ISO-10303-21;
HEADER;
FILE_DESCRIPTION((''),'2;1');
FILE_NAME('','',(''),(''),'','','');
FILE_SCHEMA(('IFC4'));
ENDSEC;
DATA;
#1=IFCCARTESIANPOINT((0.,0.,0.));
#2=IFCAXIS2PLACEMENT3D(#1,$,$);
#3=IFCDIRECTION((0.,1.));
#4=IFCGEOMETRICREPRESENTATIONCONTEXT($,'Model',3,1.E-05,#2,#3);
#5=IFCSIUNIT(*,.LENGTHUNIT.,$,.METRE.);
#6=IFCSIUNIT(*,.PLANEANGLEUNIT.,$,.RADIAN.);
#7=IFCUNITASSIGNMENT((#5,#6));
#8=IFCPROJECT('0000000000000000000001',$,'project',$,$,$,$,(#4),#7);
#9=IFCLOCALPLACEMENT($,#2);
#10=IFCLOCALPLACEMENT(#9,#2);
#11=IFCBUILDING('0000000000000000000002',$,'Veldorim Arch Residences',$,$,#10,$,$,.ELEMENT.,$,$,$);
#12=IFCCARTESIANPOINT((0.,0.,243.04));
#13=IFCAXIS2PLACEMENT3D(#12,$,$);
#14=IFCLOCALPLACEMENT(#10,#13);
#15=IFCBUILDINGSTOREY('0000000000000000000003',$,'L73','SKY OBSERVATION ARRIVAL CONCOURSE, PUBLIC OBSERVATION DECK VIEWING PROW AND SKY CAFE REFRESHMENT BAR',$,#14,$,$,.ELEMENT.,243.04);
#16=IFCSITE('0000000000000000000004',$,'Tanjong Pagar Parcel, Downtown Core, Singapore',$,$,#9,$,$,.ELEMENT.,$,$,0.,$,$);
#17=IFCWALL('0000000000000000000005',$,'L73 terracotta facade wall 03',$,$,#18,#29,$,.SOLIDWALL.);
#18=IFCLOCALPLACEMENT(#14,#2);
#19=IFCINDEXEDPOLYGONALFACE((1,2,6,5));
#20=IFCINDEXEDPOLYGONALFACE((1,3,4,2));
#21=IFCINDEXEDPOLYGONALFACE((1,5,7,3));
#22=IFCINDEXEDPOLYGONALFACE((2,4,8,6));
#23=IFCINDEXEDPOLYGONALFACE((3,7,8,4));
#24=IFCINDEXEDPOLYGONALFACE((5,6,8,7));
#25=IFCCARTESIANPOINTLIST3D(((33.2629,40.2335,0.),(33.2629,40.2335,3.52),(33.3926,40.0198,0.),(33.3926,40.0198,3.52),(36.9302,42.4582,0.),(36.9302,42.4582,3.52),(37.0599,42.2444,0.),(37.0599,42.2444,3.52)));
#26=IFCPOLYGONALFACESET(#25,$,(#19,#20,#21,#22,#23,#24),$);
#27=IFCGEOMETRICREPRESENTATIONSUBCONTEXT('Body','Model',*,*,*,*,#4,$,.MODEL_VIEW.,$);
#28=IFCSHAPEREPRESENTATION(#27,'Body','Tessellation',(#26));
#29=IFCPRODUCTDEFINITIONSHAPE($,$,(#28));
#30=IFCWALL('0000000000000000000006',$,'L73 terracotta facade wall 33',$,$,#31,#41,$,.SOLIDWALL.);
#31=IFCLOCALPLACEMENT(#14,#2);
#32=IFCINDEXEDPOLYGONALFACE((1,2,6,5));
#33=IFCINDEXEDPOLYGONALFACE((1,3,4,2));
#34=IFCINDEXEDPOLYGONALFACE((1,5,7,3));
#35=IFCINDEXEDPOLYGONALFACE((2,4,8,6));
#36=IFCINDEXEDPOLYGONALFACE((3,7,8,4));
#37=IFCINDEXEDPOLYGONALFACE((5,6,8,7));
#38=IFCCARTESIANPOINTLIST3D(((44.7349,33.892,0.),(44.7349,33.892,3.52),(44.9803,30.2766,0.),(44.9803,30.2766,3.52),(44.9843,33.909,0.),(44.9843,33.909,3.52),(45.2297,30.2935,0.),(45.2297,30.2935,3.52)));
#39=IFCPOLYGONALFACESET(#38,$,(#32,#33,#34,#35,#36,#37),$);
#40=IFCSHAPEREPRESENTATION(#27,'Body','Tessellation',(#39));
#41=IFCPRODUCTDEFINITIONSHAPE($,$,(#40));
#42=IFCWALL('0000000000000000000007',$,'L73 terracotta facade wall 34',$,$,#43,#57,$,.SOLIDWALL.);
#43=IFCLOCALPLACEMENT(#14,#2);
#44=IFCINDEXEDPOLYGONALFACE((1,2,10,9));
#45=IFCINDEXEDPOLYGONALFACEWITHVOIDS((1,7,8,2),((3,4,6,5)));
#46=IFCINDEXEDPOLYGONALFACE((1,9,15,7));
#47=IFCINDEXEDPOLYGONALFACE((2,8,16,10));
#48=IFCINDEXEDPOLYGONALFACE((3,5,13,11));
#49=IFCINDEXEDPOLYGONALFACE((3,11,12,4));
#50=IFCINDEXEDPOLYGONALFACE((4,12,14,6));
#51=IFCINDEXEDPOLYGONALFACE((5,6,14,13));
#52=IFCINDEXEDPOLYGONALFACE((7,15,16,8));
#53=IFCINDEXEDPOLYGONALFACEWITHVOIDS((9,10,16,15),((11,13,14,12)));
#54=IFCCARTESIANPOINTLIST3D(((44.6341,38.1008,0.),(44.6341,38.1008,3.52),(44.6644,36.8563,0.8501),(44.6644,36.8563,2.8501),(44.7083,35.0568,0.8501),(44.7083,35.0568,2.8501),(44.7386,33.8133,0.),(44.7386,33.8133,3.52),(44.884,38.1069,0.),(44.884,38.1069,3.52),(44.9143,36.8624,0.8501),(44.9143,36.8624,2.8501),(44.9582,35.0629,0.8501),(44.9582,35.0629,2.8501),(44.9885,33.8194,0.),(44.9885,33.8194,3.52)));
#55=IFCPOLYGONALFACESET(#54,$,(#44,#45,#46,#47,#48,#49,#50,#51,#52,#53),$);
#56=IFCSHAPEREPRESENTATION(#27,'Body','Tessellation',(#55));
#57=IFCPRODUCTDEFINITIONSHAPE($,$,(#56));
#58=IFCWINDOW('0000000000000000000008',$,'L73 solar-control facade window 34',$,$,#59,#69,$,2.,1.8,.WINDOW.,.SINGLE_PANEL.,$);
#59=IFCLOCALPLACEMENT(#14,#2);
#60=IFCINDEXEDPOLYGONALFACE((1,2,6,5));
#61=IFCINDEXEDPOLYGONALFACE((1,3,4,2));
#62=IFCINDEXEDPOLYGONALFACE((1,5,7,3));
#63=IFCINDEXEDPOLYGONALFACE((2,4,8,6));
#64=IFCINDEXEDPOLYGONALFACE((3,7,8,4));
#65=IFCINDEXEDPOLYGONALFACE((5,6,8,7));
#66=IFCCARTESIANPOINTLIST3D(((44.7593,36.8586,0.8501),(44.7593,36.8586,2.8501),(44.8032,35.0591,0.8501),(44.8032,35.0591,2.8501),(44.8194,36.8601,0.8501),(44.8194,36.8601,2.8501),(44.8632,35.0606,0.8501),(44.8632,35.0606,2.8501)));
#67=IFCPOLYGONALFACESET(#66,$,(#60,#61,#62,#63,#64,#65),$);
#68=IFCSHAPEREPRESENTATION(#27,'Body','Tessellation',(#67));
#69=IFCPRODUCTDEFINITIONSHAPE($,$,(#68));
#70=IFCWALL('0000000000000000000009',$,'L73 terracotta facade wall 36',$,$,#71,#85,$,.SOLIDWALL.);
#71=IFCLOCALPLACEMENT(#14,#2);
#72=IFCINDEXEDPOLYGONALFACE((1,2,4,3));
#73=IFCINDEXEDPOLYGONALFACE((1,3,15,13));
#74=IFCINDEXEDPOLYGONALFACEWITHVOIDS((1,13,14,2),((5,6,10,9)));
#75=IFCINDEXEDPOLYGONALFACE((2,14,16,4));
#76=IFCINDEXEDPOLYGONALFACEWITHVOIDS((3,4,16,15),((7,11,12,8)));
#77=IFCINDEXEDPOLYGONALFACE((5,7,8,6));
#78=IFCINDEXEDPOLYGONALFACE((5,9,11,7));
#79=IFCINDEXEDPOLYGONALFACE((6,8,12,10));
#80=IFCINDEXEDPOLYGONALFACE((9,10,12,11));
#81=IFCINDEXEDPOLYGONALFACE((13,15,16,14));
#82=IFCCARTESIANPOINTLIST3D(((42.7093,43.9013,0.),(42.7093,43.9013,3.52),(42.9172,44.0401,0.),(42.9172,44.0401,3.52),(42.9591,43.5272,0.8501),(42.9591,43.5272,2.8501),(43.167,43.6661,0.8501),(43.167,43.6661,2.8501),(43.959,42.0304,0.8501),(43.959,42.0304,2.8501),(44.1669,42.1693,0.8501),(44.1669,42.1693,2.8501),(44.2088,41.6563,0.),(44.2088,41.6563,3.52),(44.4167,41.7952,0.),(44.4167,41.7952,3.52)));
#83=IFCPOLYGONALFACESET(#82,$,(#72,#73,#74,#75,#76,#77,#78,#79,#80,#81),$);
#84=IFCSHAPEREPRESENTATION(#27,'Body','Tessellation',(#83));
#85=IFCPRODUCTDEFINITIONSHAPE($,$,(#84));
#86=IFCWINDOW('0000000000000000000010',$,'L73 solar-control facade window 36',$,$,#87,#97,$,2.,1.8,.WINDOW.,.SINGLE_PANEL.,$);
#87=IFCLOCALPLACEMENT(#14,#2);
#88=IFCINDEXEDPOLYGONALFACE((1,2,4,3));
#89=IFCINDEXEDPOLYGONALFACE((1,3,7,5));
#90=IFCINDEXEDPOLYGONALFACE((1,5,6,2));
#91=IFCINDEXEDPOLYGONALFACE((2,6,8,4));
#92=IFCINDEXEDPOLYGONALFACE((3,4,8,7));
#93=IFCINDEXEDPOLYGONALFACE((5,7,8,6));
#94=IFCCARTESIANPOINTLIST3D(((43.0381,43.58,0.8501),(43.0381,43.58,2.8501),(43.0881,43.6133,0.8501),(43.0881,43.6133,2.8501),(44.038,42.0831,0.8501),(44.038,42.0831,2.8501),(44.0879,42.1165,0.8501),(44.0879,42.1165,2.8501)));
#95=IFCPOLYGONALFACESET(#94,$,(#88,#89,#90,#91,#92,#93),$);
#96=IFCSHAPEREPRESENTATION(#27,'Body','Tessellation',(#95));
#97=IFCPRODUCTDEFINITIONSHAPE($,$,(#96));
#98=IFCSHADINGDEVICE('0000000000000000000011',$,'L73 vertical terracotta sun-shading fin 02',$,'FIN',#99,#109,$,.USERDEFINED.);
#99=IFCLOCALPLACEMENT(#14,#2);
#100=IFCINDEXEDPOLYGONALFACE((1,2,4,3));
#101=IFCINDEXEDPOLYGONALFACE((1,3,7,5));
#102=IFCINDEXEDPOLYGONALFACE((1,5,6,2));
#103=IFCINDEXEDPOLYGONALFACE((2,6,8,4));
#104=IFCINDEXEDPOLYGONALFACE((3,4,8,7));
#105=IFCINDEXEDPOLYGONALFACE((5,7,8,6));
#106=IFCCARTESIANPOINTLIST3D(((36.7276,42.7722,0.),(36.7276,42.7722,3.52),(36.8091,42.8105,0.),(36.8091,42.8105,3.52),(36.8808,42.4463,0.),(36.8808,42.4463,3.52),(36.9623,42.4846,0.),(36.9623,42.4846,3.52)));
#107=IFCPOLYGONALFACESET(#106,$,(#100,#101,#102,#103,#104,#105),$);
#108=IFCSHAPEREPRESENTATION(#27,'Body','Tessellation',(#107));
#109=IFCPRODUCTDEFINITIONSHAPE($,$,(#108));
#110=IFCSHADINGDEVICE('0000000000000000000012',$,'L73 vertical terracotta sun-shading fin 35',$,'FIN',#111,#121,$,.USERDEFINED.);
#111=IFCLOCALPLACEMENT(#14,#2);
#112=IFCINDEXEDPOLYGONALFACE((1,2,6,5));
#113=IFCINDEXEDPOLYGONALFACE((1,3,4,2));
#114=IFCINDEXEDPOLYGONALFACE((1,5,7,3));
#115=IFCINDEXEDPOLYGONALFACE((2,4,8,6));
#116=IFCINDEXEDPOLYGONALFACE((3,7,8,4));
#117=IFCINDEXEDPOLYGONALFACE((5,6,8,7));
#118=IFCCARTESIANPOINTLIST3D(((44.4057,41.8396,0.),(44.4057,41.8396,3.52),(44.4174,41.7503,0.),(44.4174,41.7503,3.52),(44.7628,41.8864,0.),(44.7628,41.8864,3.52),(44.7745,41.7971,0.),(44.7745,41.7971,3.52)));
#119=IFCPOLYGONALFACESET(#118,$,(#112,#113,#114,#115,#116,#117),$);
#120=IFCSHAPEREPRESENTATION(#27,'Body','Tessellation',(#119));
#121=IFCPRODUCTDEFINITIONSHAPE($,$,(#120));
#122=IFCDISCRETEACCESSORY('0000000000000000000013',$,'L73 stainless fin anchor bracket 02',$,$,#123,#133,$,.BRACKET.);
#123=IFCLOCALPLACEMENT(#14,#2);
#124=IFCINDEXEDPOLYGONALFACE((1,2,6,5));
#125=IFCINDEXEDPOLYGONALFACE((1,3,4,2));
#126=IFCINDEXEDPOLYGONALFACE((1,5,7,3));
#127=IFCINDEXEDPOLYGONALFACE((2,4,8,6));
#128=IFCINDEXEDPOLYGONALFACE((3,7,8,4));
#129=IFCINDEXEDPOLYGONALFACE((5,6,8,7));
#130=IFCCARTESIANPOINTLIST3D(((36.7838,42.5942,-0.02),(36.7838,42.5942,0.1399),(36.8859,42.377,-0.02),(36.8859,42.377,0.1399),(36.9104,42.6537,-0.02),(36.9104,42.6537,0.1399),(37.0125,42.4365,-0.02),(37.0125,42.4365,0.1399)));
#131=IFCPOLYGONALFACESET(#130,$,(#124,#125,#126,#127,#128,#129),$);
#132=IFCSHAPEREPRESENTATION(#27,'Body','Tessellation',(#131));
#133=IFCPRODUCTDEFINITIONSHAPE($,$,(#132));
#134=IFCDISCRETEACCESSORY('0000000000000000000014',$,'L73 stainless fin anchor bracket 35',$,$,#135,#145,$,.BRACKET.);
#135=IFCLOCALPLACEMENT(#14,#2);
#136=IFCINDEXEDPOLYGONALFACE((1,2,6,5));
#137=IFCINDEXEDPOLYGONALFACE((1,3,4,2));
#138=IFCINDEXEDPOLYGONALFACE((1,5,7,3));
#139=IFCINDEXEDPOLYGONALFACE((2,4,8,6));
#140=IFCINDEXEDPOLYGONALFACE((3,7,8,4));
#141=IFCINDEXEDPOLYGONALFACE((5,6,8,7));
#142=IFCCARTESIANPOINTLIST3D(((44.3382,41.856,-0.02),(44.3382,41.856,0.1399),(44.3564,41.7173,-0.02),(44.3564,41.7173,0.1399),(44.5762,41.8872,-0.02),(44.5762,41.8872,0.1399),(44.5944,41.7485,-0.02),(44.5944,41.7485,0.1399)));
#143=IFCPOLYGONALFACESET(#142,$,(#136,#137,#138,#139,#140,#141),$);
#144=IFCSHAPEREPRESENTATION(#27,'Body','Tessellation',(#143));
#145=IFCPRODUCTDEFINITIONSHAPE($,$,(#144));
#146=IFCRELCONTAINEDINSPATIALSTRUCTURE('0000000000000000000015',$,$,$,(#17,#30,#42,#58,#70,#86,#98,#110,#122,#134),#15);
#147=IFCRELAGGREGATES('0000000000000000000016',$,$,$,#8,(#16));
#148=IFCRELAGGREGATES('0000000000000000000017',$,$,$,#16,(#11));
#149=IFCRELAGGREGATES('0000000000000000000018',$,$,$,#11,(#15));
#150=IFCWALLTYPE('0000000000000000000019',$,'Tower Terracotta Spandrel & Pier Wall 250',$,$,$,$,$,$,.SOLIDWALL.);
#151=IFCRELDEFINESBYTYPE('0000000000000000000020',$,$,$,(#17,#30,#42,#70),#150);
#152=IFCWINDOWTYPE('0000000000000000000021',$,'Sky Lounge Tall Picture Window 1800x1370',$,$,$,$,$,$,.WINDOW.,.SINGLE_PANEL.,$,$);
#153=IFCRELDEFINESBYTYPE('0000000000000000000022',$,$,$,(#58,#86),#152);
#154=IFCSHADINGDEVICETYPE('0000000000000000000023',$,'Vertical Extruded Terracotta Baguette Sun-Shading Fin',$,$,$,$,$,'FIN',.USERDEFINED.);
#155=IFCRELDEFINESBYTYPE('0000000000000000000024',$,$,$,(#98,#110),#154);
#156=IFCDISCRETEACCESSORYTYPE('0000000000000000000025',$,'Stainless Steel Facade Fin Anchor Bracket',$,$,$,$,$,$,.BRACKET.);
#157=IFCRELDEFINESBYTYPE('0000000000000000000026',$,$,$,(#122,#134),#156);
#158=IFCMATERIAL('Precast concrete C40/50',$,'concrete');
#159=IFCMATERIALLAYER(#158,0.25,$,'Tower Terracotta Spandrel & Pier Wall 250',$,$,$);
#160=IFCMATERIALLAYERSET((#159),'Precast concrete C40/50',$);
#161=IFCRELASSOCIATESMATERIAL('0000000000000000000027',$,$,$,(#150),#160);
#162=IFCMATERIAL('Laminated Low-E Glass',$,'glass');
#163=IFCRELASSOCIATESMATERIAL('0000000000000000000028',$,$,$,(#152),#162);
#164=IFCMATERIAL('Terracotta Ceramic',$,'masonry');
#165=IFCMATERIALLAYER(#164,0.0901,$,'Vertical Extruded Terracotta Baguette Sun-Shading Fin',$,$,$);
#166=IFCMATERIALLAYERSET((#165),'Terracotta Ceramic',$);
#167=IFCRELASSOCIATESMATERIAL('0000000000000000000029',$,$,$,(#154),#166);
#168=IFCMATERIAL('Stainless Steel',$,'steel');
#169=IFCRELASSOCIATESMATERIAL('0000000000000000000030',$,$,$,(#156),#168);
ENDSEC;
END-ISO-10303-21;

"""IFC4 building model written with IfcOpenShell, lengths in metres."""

from ifc_helpers import new_model, si_unit, direction, frame, frame_2d, origin, origin_2d, place, context, subcontext, project, spatial, rectangle, extrude, material, layer, layer_set, type_object, element, fill, save


model = new_model("IFC4")

# Units and contexts
model_context = context("Model", 3, precision=1e-05, world=origin(), true_north=direction((0.0, 1.0)))
body_context = subcontext(model_context, "Body", "Model", "MODEL_VIEW")
ifc_project = project(units=[si_unit("LENGTHUNIT", "METRE"), si_unit("PLANEANGLEUNIT", "RADIAN")], contexts=[model_context])

# Site, building, storey
site_placement = place(None, origin())
site = spatial("IfcSite", under=ifc_project, at=site_placement, Name="Tanjong Pagar Parcel, Downtown Core, Singapore", CompositionType="ELEMENT", RefElevation=0.0)
building_placement = place(site_placement, origin())
building = spatial("IfcBuilding", under=site, at=building_placement, Name="Veldorim Arch Residences", CompositionType="ELEMENT")
storey_placement = place(building_placement, frame((0.0, 0.0, 243.04)))
storey = spatial("IfcBuildingStorey", under=building, at=storey_placement, Name="L73", Description="SKY OBSERVATION ARRIVAL CONCOURSE, PUBLIC OBSERVATION DECK VIEWING PROW AND SKY CAFE REFRESHMENT BAR", CompositionType="ELEMENT", Elevation=243.04)

# Walls
ifc_material_1 = material(Name="Precast concrete C40/50", Category="concrete")
ifc_layer_1 = layer(ifc_material_1, 0.25, Name="Tower Terracotta Spandrel & Pier Wall 250")
ifc_layer_set_1 = layer_set([ifc_layer_1], Name="Precast concrete C40/50")
wall_type_1 = type_object("IfcWallType", Name="Tower Terracotta Spandrel & Pier Wall 250", PredefinedType="SOLIDWALL", material=ifc_layer_set_1)
wall_1_placement = place(storey_placement, frame((33.3279, 40.1267, 0.0), z_axis=(0.0, 0.0, 1.0), x_axis=(0.854987, 0.51865, 0.0)))
element("IfcWall", 1, at=wall_1_placement, inside=storey, type_object=wall_type_1, Name="L73 terracotta facade wall 03", PredefinedType="SOLIDWALL", context=body_context, shape_type="SweptSolid", body=[
    extrude(rectangle(XDim=4.2893, YDim=0.25, at=frame_2d((2.1445, 0.0))), origin(), (0.0, 0.0, 1.0), 3.52),
])
wall_2_placement = place(storey_placement, frame((44.8596, 33.9006, 0.0), z_axis=(0.0, 0.0, 1.0), x_axis=(0.067708, -0.997705, 0.0)))
element("IfcWall", 2, at=wall_2_placement, inside=storey, type_object=wall_type_1, Name="L73 terracotta facade wall 33", PredefinedType="SOLIDWALL", context=body_context, shape_type="SweptSolid", body=[
    extrude(rectangle(XDim=3.6238, YDim=0.25, at=frame_2d((1.812, 0.0))), origin(), (0.0, 0.0, 1.0), 3.52),
])

# Walls, openings, windows
wall_3_placement = place(storey_placement, frame((44.759, 38.104, 0.0), z_axis=(0.0, 0.0, 1.0), x_axis=(0.024364, -0.999703, 0.0)))
wall_3 = element("IfcWall", 3, at=wall_3_placement, inside=storey, type_object=wall_type_1, Name="L73 terracotta facade wall 34", PredefinedType="SOLIDWALL", context=body_context, shape_type="SweptSolid", body=[
    extrude(rectangle(XDim=4.2888, YDim=0.25, at=frame_2d((2.1445, 0.0))), origin(), (0.0, 0.0, 1.0), 3.52),
])
opening_1_placement = place(wall_3_placement, frame((1.2451, 0.0, 0.8501)))
opening_1 = element("IfcOpeningElement", 4, at=opening_1_placement, cuts=wall_3, PredefinedType="OPENING", context=body_context, shape_type="SweptSolid", body=[
    extrude(rectangle(XDim=1.8, YDim=2.0, at=frame_2d((0.8999, 1.0))), frame((0.0, 0.135, 0.0), z_axis=(0.0, -1.0, 0.0), x_axis=(1.0, 0.0, 0.0)), (0.0, 0.0, 1.0), 0.27),
])
ifc_material_2 = material(Name="Laminated Low-E Glass", Category="glass")
window_type = type_object("IfcWindowType", Name="Sky Lounge Tall Picture Window 1800x1370", PartitioningType="SINGLE_PANEL", PredefinedType="WINDOW", material=ifc_material_2)
window_1_placement = place(opening_1_placement, origin())
window_1 = element("IfcWindow", 5, at=window_1_placement, inside=storey, type_object=window_type, Name="L73 solar-control facade window 34", OverallHeight=2.0, OverallWidth=1.8, PartitioningType="SINGLE_PANEL", PredefinedType="WINDOW", context=body_context, shape_type="SweptSolid", body=[
    extrude(rectangle(XDim=1.8, YDim=2.0, at=frame_2d((0.8999, 1.0))), frame((0.0, 0.03, 0.0), z_axis=(0.0, -1.0, 0.0), x_axis=(1.0, 0.0, 0.0)), (0.0, 0.0, 1.0), 0.0601),
])
fill(opening_1, window_1)
wall_4_placement = place(storey_placement, frame((42.8132, 43.9707, 0.0), z_axis=(0.0, 0.0, 1.0), x_axis=(0.555451, -0.831549, 0.0)))
wall_4 = element("IfcWall", 6, at=wall_4_placement, inside=storey, type_object=wall_type_1, Name="L73 terracotta facade wall 36", PredefinedType="SOLIDWALL", context=body_context, shape_type="SweptSolid", body=[
    extrude(rectangle(XDim=2.6997, YDim=0.25, at=frame_2d((1.3499, 0.0))), origin(), (0.0, 0.0, 1.0), 3.52),
])
opening_2_placement = place(wall_4_placement, frame((0.45, 0.0, 0.8501)))
opening_2 = element("IfcOpeningElement", 7, at=opening_2_placement, cuts=wall_4, PredefinedType="OPENING", context=body_context, shape_type="SweptSolid", body=[
    extrude(rectangle(XDim=1.8, YDim=2.0, at=frame_2d((0.8999, 1.0))), frame((0.0, 0.135, 0.0), z_axis=(0.0, -1.0, 0.0), x_axis=(1.0, 0.0, 0.0)), (0.0, 0.0, 1.0), 0.27),
])
window_2_placement = place(opening_2_placement, origin())
window_2 = element("IfcWindow", 8, at=window_2_placement, inside=storey, type_object=window_type, Name="L73 solar-control facade window 36", OverallHeight=2.0, OverallWidth=1.8, PartitioningType="SINGLE_PANEL", PredefinedType="WINDOW", context=body_context, shape_type="SweptSolid", body=[
    extrude(rectangle(XDim=1.8, YDim=2.0, at=frame_2d((0.8999, 1.0))), frame((0.0, 0.03, 0.0), z_axis=(0.0, -1.0, 0.0), x_axis=(1.0, 0.0, 0.0)), (0.0, 0.0, 1.0), 0.0601),
])
fill(opening_2, window_2)

# Shading devices
ifc_material_3 = material(Name="Terracotta Ceramic", Category="masonry")
ifc_layer_2 = layer(ifc_material_3, 0.0901, Name="Vertical Extruded Terracotta Baguette Sun-Shading Fin")
ifc_layer_set_2 = layer_set([ifc_layer_2], Name="Terracotta Ceramic")
shading_device_type = type_object("IfcShadingDeviceType", Name="Vertical Extruded Terracotta Baguette Sun-Shading Fin", ElementType="FIN", PredefinedType="USERDEFINED", material=ifc_layer_set_2)
for number, where, z_axis, x_axis, name in (
    (9, (36.845, 42.6284, 0.0), (0.0, 0.0, 1.0), (0.904976, 0.425463, 0.0), "L73 vertical terracotta sun-shading fin 02"),
    (10, (44.5901, 41.8184, 0.0), (0.0, 0.0, 1.0), (0.129834, -0.991536, 0.0), "L73 vertical terracotta sun-shading fin 35"),
):
    element("IfcShadingDevice", number, at=place(storey_placement, frame(where, z_axis=z_axis, x_axis=x_axis)), inside=storey, type_object=shading_device_type, Name=name, ObjectType="FIN", PredefinedType="USERDEFINED", context=body_context, shape_type="SweptSolid", body=[
        extrude(rectangle(XDim=0.0901, YDim=0.3601, at=origin_2d()), origin(), (0.0, 0.0, 1.0), 3.52),
    ])

# Discrete accessories
ifc_material_4 = material(Name="Stainless Steel", Category="steel")
discrete_accessory_type = type_object("IfcDiscreteAccessoryType", Name="Stainless Steel Facade Fin Anchor Bracket", PredefinedType="BRACKET", material=ifc_material_4)
for number, where, z_axis, x_axis, name in (
    (11, (36.8982, 42.5154, -0.02), (0.0, 0.0, 1.0), (0.904976, 0.425463, 0.0), "L73 stainless fin anchor bracket 02"),
    (12, (44.4663, 41.8022, -0.02), (0.0, 0.0, 1.0), (0.129834, -0.991536, 0.0), "L73 stainless fin anchor bracket 35"),
):
    element("IfcDiscreteAccessory", number, at=place(storey_placement, frame(where, z_axis=z_axis, x_axis=x_axis)), inside=storey, type_object=discrete_accessory_type, Name=name, PredefinedType="BRACKET", context=body_context, shape_type="SweptSolid", body=[
        extrude(rectangle(XDim=0.1399, YDim=0.24, at=origin_2d()), origin(), (0.0, 0.0, 1.0), 0.1599),
    ])

save(model, "model.ifc")
